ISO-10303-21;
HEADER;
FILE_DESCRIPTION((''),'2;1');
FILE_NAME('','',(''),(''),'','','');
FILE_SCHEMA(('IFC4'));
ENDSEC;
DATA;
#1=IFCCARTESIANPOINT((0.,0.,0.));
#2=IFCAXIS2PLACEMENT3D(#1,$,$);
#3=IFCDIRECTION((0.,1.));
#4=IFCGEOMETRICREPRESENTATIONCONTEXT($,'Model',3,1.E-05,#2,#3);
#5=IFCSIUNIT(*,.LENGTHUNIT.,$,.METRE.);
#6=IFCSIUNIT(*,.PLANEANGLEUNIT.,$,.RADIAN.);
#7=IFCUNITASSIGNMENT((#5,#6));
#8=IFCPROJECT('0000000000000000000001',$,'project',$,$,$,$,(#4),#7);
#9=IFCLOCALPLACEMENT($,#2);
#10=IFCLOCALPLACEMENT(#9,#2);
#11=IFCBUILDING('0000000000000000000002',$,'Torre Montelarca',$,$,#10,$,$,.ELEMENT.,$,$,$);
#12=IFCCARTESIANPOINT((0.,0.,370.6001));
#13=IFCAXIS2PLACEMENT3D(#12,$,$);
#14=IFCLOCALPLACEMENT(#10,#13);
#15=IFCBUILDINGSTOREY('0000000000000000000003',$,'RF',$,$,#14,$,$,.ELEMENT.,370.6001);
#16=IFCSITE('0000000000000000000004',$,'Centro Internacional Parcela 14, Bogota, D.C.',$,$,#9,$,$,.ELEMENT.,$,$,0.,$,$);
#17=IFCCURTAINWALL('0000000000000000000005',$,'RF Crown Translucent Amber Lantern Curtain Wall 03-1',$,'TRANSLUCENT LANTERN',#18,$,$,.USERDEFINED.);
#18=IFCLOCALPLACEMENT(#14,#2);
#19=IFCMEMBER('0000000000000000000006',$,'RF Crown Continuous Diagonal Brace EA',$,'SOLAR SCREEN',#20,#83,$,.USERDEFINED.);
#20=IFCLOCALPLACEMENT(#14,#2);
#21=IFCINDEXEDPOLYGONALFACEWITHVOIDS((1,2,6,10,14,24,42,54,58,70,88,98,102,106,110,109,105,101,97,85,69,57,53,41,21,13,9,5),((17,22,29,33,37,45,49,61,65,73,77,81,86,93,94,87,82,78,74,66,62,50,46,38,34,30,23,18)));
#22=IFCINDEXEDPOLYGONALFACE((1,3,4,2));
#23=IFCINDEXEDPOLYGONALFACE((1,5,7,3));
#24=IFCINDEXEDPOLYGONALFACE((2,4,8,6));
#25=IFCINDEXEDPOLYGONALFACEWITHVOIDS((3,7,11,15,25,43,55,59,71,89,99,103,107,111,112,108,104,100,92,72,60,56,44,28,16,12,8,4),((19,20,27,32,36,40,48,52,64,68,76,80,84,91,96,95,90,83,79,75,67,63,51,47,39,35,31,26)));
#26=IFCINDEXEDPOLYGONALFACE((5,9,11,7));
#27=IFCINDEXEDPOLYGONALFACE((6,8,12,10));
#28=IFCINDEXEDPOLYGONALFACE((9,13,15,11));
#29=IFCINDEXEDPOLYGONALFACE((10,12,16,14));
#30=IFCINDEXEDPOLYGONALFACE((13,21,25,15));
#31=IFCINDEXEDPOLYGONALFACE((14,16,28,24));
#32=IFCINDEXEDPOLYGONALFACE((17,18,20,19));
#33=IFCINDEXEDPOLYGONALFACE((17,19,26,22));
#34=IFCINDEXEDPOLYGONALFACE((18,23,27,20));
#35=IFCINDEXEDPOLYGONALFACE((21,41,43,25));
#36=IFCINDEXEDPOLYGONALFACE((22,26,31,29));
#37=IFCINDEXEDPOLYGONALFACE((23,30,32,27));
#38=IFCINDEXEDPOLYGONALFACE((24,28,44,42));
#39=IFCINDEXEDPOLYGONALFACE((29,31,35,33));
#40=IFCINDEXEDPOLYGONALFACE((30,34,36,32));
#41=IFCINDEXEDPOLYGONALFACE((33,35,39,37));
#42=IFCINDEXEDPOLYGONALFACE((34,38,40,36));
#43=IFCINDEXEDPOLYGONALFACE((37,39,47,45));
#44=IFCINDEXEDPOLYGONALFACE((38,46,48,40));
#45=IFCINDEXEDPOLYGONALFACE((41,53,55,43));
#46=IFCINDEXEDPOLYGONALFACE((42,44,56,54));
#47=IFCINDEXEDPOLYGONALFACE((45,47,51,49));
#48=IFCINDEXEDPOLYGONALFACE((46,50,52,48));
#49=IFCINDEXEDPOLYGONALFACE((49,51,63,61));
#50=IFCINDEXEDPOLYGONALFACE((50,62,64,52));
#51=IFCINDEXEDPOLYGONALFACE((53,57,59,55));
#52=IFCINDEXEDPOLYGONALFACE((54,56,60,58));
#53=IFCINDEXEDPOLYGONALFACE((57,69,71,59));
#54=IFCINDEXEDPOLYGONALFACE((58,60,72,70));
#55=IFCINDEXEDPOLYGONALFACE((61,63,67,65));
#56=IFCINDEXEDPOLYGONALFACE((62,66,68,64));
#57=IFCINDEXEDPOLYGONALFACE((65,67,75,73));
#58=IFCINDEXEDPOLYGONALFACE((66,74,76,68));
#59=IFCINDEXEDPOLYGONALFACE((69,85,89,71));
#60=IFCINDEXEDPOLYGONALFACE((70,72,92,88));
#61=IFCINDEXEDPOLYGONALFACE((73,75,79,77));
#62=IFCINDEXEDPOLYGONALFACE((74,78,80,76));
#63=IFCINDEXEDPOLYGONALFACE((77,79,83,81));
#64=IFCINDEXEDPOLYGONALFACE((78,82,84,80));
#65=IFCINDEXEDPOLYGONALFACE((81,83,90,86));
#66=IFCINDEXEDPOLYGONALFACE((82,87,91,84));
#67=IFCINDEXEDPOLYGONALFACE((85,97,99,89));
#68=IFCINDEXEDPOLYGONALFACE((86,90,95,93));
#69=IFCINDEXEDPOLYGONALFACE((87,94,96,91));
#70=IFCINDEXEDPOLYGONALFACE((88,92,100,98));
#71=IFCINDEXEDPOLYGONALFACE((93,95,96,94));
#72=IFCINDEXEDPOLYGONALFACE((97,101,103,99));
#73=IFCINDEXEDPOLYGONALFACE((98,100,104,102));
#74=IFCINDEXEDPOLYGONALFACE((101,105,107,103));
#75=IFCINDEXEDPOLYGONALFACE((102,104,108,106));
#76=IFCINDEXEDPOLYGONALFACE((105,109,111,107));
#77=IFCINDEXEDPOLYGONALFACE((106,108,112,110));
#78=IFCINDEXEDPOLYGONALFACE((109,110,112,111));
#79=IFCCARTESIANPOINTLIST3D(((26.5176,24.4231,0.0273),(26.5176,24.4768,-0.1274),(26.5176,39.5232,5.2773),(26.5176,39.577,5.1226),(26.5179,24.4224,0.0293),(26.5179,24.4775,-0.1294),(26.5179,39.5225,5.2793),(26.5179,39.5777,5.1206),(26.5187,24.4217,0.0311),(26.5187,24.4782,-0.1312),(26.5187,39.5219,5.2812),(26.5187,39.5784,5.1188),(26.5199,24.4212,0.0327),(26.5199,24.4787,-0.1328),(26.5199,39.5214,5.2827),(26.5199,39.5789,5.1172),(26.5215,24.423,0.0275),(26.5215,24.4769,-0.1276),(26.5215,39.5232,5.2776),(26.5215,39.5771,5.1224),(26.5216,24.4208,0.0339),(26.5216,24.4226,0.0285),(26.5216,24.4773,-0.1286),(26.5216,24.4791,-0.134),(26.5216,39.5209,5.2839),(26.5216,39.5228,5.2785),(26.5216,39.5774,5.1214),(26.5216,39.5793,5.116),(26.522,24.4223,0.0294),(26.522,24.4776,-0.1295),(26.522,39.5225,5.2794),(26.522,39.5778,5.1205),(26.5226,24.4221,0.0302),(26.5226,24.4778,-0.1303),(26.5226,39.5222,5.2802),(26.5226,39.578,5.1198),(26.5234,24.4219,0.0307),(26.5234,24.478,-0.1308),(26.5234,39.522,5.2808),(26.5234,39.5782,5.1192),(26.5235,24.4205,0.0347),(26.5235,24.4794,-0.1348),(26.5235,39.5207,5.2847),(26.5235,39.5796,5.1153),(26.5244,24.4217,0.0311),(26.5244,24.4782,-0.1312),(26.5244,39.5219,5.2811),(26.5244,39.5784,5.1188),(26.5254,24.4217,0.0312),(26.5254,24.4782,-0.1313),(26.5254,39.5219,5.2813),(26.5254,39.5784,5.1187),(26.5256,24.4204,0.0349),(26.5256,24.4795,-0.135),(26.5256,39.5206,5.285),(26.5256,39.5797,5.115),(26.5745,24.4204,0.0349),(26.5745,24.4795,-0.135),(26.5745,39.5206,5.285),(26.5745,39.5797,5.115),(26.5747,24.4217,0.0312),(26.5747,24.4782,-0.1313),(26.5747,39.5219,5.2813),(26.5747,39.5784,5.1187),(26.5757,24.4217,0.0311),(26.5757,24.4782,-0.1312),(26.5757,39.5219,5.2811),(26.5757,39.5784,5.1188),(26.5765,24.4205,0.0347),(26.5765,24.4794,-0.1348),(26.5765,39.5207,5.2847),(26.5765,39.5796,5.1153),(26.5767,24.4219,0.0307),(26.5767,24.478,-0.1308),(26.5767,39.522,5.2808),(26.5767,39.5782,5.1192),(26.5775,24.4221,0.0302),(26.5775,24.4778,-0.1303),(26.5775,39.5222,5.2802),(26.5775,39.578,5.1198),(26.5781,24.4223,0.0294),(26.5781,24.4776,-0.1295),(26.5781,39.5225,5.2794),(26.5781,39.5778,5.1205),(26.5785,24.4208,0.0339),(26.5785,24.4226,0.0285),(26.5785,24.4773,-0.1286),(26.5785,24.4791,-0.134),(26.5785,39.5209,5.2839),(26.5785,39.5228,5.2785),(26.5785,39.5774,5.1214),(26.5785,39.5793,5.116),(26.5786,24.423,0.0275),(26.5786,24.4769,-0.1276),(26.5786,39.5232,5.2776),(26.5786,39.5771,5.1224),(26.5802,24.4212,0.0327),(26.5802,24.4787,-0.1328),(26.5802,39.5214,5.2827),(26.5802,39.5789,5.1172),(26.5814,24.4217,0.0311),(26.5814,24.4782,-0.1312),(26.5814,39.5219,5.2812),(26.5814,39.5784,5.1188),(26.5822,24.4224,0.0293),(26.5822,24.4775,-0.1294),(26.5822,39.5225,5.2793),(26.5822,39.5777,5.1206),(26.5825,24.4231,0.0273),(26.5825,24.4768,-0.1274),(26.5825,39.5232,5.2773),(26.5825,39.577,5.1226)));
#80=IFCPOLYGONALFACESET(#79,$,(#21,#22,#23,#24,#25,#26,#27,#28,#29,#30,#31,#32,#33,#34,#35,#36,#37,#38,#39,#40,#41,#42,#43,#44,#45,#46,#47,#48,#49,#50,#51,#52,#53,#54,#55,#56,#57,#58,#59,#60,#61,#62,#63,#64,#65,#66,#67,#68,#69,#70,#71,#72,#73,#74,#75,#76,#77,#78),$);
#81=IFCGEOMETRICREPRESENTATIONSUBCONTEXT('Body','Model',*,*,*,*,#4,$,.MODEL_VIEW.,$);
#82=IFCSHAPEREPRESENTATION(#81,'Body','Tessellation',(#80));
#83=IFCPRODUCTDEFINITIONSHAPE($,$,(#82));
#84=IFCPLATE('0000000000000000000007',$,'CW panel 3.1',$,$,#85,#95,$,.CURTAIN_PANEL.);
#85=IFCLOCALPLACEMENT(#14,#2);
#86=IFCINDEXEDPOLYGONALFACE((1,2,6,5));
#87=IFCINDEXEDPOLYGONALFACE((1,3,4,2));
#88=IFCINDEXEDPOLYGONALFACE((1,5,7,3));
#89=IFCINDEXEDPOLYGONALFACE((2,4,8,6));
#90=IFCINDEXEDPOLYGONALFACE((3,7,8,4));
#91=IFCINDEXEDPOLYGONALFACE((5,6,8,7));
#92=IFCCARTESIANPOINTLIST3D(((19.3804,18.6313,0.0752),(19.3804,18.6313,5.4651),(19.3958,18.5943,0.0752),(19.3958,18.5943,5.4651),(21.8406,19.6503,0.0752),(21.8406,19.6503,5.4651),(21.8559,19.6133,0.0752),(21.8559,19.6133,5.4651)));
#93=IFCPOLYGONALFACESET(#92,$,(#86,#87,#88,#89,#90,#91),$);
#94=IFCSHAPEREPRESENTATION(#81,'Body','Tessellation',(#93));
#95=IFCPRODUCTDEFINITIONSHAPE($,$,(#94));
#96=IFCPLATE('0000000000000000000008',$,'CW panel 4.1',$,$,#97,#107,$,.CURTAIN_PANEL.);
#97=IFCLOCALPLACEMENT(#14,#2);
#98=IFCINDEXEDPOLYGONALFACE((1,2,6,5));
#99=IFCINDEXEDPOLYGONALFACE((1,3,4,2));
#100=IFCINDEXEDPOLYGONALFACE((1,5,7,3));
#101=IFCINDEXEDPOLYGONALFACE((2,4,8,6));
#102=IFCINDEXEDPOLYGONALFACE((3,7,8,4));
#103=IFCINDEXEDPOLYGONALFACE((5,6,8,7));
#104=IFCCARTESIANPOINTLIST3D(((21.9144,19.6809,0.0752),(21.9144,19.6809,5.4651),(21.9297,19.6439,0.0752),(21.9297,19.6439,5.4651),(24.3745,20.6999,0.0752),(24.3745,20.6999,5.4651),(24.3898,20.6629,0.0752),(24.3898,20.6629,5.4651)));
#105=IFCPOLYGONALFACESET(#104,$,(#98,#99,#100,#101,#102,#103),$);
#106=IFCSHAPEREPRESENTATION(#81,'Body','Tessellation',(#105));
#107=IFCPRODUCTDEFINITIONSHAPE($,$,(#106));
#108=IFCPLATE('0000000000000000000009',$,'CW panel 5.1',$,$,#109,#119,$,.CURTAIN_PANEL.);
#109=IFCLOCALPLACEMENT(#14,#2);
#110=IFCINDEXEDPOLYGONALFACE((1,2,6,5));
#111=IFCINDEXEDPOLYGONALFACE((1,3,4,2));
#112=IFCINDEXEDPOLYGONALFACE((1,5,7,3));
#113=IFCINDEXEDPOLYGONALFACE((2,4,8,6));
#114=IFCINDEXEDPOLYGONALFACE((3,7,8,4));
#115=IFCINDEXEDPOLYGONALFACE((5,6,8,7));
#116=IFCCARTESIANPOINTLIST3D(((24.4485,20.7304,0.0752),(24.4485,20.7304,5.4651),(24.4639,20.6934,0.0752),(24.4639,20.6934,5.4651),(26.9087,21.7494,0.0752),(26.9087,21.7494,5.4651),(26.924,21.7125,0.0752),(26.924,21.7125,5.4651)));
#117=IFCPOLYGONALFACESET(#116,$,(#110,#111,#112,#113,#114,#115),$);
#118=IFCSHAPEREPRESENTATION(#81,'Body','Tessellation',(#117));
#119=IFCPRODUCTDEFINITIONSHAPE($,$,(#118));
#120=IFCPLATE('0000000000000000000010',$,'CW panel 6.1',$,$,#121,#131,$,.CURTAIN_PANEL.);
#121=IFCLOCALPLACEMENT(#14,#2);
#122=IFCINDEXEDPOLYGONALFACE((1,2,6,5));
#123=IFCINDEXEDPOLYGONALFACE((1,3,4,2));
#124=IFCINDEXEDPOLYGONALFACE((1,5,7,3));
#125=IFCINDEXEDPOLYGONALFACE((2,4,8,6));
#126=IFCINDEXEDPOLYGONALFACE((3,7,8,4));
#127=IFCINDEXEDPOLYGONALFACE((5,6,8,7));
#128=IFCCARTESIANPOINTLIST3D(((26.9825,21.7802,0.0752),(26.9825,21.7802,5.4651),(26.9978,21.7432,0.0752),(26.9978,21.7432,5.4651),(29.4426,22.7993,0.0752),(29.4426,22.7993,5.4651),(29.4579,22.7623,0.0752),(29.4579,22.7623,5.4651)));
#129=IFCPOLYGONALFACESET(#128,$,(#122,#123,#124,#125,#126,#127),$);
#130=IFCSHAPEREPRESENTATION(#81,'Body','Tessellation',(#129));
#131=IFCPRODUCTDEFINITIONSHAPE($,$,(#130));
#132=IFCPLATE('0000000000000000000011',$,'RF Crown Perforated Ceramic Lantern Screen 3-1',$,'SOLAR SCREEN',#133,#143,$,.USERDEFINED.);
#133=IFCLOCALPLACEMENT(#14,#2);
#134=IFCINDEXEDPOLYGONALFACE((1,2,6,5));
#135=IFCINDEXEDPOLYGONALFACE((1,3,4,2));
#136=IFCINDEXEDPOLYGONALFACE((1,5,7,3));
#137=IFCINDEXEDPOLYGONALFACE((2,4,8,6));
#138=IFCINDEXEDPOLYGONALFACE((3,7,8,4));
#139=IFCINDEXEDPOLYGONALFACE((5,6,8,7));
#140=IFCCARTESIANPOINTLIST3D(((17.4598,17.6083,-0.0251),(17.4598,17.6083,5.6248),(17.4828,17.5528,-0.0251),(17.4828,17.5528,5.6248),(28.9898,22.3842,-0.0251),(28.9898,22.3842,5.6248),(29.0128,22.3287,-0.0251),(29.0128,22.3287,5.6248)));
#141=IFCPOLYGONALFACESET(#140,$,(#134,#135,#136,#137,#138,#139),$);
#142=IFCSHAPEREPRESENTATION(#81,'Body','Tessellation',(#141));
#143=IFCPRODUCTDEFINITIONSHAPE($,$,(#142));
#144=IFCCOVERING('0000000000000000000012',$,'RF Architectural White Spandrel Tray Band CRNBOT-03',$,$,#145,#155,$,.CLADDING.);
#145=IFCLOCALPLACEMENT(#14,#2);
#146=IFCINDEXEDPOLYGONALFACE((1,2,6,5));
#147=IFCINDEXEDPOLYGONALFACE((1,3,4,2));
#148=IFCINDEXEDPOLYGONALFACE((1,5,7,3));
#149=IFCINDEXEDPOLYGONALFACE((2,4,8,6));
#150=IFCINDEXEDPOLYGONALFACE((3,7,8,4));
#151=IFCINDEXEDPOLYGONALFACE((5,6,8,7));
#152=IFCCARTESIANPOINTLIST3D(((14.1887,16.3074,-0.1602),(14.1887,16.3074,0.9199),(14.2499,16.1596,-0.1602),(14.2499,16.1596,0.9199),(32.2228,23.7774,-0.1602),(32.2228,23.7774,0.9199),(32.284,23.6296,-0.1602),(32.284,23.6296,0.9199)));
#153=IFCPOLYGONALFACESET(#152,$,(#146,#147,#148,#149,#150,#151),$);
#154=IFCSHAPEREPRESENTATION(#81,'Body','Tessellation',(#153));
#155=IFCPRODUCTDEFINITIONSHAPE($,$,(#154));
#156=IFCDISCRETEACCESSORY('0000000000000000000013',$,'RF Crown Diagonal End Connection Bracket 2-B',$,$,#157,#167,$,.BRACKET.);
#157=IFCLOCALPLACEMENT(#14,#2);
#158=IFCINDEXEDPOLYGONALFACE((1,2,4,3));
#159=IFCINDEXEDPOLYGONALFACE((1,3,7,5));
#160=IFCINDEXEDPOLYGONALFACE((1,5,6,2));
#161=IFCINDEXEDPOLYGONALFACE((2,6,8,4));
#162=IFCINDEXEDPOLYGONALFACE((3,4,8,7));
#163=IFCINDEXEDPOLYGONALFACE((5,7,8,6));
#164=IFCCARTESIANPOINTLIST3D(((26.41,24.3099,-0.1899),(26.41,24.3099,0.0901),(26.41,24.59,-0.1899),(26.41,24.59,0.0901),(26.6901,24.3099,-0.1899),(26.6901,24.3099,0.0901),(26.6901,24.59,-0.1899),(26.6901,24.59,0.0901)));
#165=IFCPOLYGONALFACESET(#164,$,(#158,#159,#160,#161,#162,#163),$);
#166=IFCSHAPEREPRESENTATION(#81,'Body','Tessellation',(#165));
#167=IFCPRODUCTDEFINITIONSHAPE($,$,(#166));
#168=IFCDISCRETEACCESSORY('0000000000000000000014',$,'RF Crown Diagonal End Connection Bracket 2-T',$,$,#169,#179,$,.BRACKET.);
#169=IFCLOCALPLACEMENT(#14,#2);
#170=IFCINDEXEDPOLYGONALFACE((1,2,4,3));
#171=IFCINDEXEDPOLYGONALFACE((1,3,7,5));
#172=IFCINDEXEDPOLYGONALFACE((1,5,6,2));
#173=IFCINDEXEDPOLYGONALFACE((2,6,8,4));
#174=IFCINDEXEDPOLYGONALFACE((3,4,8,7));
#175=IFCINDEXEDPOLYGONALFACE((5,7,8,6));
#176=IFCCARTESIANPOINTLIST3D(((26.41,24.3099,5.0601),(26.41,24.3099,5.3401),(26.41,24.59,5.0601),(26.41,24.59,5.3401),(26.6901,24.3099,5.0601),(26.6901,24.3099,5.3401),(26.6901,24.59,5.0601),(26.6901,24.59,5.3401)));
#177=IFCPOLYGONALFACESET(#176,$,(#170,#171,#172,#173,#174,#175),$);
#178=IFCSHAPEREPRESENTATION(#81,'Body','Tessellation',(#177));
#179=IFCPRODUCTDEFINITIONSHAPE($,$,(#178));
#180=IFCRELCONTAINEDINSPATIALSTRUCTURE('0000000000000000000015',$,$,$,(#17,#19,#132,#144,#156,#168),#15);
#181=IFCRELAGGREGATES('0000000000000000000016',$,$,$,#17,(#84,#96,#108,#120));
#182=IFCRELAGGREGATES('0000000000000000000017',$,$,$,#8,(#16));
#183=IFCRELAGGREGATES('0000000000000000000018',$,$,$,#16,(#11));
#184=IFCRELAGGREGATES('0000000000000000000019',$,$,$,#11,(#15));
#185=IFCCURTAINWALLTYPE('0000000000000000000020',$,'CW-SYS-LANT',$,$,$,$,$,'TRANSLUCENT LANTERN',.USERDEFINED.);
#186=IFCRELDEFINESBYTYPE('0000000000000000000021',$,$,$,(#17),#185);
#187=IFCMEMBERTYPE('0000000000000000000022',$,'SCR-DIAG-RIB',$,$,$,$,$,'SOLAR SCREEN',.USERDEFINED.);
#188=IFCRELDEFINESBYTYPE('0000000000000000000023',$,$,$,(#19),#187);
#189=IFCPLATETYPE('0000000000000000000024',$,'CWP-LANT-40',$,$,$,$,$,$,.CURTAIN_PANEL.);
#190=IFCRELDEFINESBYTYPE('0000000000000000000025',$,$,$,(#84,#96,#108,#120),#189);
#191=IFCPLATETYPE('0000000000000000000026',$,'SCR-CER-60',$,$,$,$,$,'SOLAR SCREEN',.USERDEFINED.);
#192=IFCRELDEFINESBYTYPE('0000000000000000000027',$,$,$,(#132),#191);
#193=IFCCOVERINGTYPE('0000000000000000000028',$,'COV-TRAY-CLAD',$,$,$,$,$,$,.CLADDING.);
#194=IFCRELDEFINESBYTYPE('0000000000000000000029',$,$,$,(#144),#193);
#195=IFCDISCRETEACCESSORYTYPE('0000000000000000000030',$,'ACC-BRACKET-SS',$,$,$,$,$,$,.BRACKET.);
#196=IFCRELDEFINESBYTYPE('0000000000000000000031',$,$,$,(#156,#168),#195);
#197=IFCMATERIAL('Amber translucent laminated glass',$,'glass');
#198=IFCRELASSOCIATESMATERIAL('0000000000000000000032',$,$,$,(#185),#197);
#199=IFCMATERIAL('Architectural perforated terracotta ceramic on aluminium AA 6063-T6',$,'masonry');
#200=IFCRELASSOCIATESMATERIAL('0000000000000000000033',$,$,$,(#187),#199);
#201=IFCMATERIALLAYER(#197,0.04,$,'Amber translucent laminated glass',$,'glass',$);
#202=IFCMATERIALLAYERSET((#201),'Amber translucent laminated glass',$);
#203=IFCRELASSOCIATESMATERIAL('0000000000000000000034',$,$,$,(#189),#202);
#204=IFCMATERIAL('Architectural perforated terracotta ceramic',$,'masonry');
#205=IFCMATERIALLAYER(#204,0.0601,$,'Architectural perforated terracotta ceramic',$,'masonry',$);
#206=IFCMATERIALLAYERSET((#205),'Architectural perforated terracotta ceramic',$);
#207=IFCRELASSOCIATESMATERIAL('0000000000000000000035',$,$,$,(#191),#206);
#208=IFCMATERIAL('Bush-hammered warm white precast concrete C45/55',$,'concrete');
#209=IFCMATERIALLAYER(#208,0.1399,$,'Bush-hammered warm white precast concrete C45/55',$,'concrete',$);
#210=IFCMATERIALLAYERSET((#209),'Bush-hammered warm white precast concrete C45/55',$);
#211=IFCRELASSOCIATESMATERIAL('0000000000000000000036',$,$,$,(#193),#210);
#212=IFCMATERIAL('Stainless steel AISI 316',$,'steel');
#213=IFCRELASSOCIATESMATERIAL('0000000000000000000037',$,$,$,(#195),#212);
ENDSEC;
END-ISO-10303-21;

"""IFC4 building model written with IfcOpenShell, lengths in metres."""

from ifc_helpers import new_model, si_unit, direction, frame, origin, origin_2d, place, context, subcontext, project, spatial, rectangle, hollow_rectangle, extrude, source, transform, mapped, material, layer, layer_set, material_profile, profile_set, type_object, element, aggregate, save


model = new_model("IFC4")

# Units and contexts
model_context = context("Model", 3, precision=1e-05, world=origin(), true_north=direction((0.0, 1.0)))
body_context = subcontext(model_context, "Body", "Model", "MODEL_VIEW")
ifc_project = project(units=[si_unit("LENGTHUNIT", "METRE"), si_unit("PLANEANGLEUNIT", "RADIAN")], contexts=[model_context])

# Site, building, storey
site_placement = place(None, origin())
site = spatial("IfcSite", under=ifc_project, at=site_placement, Name="Centro Internacional Parcela 14, Bogota, D.C.", CompositionType="ELEMENT", RefElevation=0.0)
building_placement = place(site_placement, origin())
building = spatial("IfcBuilding", under=site, at=building_placement, Name="Torre Montelarca", CompositionType="ELEMENT")
storey_placement = place(building_placement, frame((0.0, 0.0, 370.6001)))
storey = spatial("IfcBuildingStorey", under=building, at=storey_placement, Name="RF", CompositionType="ELEMENT", Elevation=370.6001)

# Curtain wall
ifc_material_1 = material(Name="Amber translucent laminated glass", Category="glass")
curtain_wall_type = type_object("IfcCurtainWallType", Name="CW-SYS-LANT", ElementType="TRANSLUCENT LANTERN", PredefinedType="USERDEFINED", material=ifc_material_1)
curtain_wall_placement = place(storey_placement, origin())
curtain_wall = element("IfcCurtainWall", 1, at=curtain_wall_placement, inside=storey, type_object=curtain_wall_type, Name="RF Crown Translucent Amber Lantern Curtain Wall 03-1", ObjectType="TRANSLUCENT LANTERN", PredefinedType="USERDEFINED")

# Member
ifc_material_2 = material(Name="Architectural perforated terracotta ceramic on aluminium AA 6063-T6", Category="masonry")
ifc_material_profile_1 = material_profile(ifc_material_2, hollow_rectangle(XDim=0.0649, YDim=0.1799, WallThickness=0.0039, InnerFilletRadius=0.0039, OuterFilletRadius=0.0081, at=origin_2d()), Name="ALU65X180X4", Category="masonry")
ifc_profile_set_1 = profile_set([ifc_material_profile_1], Name="Architectural perforated terracotta ceramic on aluminium AA 6063-T6")
member_type_1 = type_object("IfcMemberType", Name="SCR-DIAG-RIB", ElementType="SOLAR SCREEN", PredefinedType="USERDEFINED", material=ifc_profile_set_1)
shared_shape_1 = source(origin(), body_context, "Body", "SweptSolid", [
    extrude(hollow_rectangle(XDim=0.0649, YDim=0.1799, WallThickness=0.0039, InnerFilletRadius=0.0039, OuterFilletRadius=0.0081, at=origin_2d()), origin(), (0.0, 0.0, 1.0), 15.9868),
])
member_1_placement = place(storey_placement, frame((26.55, 24.45, -0.05), z_axis=(0.0, 0.94454, 0.328397), x_axis=(-1.0, 0.0, 0.0)))
element("IfcMember", 2, at=member_1_placement, inside=storey, type_object=member_type_1, Name="RF Crown Continuous Diagonal Brace EA", ObjectType="SOLAR SCREEN", PredefinedType="USERDEFINED", context=body_context, shape_type="MappedRepresentation", body=[
    mapped(shared_shape_1, transform((0.0, 0.0, 0.0), scale=1.0)),
])

# Plates
ifc_layer_1 = layer(ifc_material_1, 0.04, Name="Amber translucent laminated glass", Category="glass")
ifc_layer_set_1 = layer_set([ifc_layer_1], Name="Amber translucent laminated glass")
plate_type_1 = type_object("IfcPlateType", Name="CWP-LANT-40", PredefinedType="CURTAIN_PANEL", material=ifc_layer_set_1)
shared_shape_2 = source(origin(), body_context, "Body", "SweptSolid", [
    extrude(rectangle(XDim=2.6628, YDim=0.04, at=origin_2d()), origin(), (0.0, 0.0, 1.0), 5.3899),
])
plate_1_placement = place(storey_placement, frame((20.6182, 19.1223, 0.0752), z_axis=(0.0, 0.0, 1.0), x_axis=(0.923878, 0.382687, 0.0)))
plate_1 = element("IfcPlate", 3, at=plate_1_placement, type_object=plate_type_1, Name="CW panel 3.1", PredefinedType="CURTAIN_PANEL", context=body_context, shape_type="MappedRepresentation", body=[
    mapped(shared_shape_2, transform((0.0, 0.0, 0.0), scale=1.0)),
])
plate_2_placement = place(storey_placement, frame((23.1521, 20.1719, 0.0752), z_axis=(0.0, 0.0, 1.0), x_axis=(0.923878, 0.382687, 0.0)))
plate_2 = element("IfcPlate", 4, at=plate_2_placement, type_object=plate_type_1, Name="CW panel 4.1", PredefinedType="CURTAIN_PANEL", context=body_context, shape_type="MappedRepresentation", body=[
    mapped(shared_shape_2, transform((0.0, 0.0, 0.0), scale=1.0)),
])
plate_3_placement = place(storey_placement, frame((25.6863, 21.2214, 0.0752), z_axis=(0.0, 0.0, 1.0), x_axis=(0.923878, 0.382687, 0.0)))
plate_3 = element("IfcPlate", 5, at=plate_3_placement, type_object=plate_type_1, Name="CW panel 5.1", PredefinedType="CURTAIN_PANEL", context=body_context, shape_type="MappedRepresentation", body=[
    mapped(shared_shape_2, transform((0.0, 0.0, 0.0), scale=1.0)),
])
plate_4_placement = place(storey_placement, frame((28.2202, 22.2712, 0.0752), z_axis=(0.0, 0.0, 1.0), x_axis=(0.923878, 0.382687, 0.0)))
plate_4 = element("IfcPlate", 6, at=plate_4_placement, type_object=plate_type_1, Name="CW panel 6.1", PredefinedType="CURTAIN_PANEL", context=body_context, shape_type="MappedRepresentation", body=[
    mapped(shared_shape_2, transform((0.0, 0.0, 0.0), scale=1.0)),
])
aggregate(curtain_wall, [plate_1, plate_2, plate_3, plate_4])
ifc_material_3 = material(Name="Architectural perforated terracotta ceramic", Category="masonry")
ifc_layer_2 = layer(ifc_material_3, 0.0601, Name="Architectural perforated terracotta ceramic", Category="masonry")
ifc_layer_set_2 = layer_set([ifc_layer_2], Name="Architectural perforated terracotta ceramic")
plate_type_2 = type_object("IfcPlateType", Name="SCR-CER-60", ElementType="SOLAR SCREEN", PredefinedType="USERDEFINED", material=ifc_layer_set_2)
shared_shape_3 = source(origin(), body_context, "Body", "SweptSolid", [
    extrude(rectangle(XDim=12.48, YDim=0.0601, at=origin_2d()), origin(), (0.0, 0.0, 1.0), 5.6499),
])
plate_5_placement = place(storey_placement, frame((23.2363, 19.9685, -0.0251), z_axis=(0.0, 0.0, 1.0), x_axis=(0.923879, 0.382685, 0.0)))
element("IfcPlate", 7, at=plate_5_placement, inside=storey, type_object=plate_type_2, Name="RF Crown Perforated Ceramic Lantern Screen 3-1", ObjectType="SOLAR SCREEN", PredefinedType="USERDEFINED", context=body_context, shape_type="MappedRepresentation", body=[
    mapped(shared_shape_3, transform((0.0, 0.0, 0.0), scale=1.0)),
])

# Covering
ifc_material_4 = material(Name="Bush-hammered warm white precast concrete C45/55", Category="concrete")
ifc_layer_3 = layer(ifc_material_4, 0.1399, Name="Bush-hammered warm white precast concrete C45/55", Category="concrete")
ifc_layer_set_3 = layer_set([ifc_layer_3], Name="Bush-hammered warm white precast concrete C45/55")
covering_type = type_object("IfcCoveringType", Name="COV-TRAY-CLAD", PredefinedType="CLADDING", material=ifc_layer_set_3)
shared_shape_4 = source(origin(), body_context, "Body", "SweptSolid", [
    extrude(rectangle(XDim=19.52, YDim=0.1599, at=origin_2d()), origin(), (0.0, 0.0, 1.0), 1.0801),
])
covering_placement = place(storey_placement, frame((23.2363, 19.9685, -0.1602), z_axis=(0.0, 0.0, 1.0), x_axis=(0.923879, 0.382685, 0.0)))
element("IfcCovering", 8, at=covering_placement, inside=storey, type_object=covering_type, Name="RF Architectural White Spandrel Tray Band CRNBOT-03", PredefinedType="CLADDING", context=body_context, shape_type="MappedRepresentation", body=[
    mapped(shared_shape_4, transform((0.0, 0.0, 0.0), scale=1.0)),
])

# Discrete accessories
ifc_material_5 = material(Name="Stainless steel AISI 316", Category="steel")
discrete_accessory_type = type_object("IfcDiscreteAccessoryType", Name="ACC-BRACKET-SS", PredefinedType="BRACKET", material=ifc_material_5)
shared_shape_5 = source(origin(), body_context, "Body", "SweptSolid", [
    extrude(rectangle(XDim=0.28, YDim=0.28, at=origin_2d()), origin(), (0.0, 0.0, 1.0), 0.28),
])
for number, where, z_axis, x_axis, name in (
    (9, (26.55, 24.45, -0.1899), (0.0, 0.0, 1.0), (1.0, 0.0, 0.0), "RF Crown Diagonal End Connection Bracket 2-B"),
    (10, (26.55, 24.45, 5.0601), (0.0, 0.0, 1.0), (1.0, 0.0, 0.0), "RF Crown Diagonal End Connection Bracket 2-T"),
):
    element("IfcDiscreteAccessory", number, at=place(storey_placement, frame(where, z_axis=z_axis, x_axis=x_axis)), inside=storey, type_object=discrete_accessory_type, Name=name, PredefinedType="BRACKET", context=body_context, shape_type="MappedRepresentation", body=[
        mapped(shared_shape_5, transform((0.0, 0.0, 0.0), scale=1.0)),
    ])

save(model, "model.ifc")
